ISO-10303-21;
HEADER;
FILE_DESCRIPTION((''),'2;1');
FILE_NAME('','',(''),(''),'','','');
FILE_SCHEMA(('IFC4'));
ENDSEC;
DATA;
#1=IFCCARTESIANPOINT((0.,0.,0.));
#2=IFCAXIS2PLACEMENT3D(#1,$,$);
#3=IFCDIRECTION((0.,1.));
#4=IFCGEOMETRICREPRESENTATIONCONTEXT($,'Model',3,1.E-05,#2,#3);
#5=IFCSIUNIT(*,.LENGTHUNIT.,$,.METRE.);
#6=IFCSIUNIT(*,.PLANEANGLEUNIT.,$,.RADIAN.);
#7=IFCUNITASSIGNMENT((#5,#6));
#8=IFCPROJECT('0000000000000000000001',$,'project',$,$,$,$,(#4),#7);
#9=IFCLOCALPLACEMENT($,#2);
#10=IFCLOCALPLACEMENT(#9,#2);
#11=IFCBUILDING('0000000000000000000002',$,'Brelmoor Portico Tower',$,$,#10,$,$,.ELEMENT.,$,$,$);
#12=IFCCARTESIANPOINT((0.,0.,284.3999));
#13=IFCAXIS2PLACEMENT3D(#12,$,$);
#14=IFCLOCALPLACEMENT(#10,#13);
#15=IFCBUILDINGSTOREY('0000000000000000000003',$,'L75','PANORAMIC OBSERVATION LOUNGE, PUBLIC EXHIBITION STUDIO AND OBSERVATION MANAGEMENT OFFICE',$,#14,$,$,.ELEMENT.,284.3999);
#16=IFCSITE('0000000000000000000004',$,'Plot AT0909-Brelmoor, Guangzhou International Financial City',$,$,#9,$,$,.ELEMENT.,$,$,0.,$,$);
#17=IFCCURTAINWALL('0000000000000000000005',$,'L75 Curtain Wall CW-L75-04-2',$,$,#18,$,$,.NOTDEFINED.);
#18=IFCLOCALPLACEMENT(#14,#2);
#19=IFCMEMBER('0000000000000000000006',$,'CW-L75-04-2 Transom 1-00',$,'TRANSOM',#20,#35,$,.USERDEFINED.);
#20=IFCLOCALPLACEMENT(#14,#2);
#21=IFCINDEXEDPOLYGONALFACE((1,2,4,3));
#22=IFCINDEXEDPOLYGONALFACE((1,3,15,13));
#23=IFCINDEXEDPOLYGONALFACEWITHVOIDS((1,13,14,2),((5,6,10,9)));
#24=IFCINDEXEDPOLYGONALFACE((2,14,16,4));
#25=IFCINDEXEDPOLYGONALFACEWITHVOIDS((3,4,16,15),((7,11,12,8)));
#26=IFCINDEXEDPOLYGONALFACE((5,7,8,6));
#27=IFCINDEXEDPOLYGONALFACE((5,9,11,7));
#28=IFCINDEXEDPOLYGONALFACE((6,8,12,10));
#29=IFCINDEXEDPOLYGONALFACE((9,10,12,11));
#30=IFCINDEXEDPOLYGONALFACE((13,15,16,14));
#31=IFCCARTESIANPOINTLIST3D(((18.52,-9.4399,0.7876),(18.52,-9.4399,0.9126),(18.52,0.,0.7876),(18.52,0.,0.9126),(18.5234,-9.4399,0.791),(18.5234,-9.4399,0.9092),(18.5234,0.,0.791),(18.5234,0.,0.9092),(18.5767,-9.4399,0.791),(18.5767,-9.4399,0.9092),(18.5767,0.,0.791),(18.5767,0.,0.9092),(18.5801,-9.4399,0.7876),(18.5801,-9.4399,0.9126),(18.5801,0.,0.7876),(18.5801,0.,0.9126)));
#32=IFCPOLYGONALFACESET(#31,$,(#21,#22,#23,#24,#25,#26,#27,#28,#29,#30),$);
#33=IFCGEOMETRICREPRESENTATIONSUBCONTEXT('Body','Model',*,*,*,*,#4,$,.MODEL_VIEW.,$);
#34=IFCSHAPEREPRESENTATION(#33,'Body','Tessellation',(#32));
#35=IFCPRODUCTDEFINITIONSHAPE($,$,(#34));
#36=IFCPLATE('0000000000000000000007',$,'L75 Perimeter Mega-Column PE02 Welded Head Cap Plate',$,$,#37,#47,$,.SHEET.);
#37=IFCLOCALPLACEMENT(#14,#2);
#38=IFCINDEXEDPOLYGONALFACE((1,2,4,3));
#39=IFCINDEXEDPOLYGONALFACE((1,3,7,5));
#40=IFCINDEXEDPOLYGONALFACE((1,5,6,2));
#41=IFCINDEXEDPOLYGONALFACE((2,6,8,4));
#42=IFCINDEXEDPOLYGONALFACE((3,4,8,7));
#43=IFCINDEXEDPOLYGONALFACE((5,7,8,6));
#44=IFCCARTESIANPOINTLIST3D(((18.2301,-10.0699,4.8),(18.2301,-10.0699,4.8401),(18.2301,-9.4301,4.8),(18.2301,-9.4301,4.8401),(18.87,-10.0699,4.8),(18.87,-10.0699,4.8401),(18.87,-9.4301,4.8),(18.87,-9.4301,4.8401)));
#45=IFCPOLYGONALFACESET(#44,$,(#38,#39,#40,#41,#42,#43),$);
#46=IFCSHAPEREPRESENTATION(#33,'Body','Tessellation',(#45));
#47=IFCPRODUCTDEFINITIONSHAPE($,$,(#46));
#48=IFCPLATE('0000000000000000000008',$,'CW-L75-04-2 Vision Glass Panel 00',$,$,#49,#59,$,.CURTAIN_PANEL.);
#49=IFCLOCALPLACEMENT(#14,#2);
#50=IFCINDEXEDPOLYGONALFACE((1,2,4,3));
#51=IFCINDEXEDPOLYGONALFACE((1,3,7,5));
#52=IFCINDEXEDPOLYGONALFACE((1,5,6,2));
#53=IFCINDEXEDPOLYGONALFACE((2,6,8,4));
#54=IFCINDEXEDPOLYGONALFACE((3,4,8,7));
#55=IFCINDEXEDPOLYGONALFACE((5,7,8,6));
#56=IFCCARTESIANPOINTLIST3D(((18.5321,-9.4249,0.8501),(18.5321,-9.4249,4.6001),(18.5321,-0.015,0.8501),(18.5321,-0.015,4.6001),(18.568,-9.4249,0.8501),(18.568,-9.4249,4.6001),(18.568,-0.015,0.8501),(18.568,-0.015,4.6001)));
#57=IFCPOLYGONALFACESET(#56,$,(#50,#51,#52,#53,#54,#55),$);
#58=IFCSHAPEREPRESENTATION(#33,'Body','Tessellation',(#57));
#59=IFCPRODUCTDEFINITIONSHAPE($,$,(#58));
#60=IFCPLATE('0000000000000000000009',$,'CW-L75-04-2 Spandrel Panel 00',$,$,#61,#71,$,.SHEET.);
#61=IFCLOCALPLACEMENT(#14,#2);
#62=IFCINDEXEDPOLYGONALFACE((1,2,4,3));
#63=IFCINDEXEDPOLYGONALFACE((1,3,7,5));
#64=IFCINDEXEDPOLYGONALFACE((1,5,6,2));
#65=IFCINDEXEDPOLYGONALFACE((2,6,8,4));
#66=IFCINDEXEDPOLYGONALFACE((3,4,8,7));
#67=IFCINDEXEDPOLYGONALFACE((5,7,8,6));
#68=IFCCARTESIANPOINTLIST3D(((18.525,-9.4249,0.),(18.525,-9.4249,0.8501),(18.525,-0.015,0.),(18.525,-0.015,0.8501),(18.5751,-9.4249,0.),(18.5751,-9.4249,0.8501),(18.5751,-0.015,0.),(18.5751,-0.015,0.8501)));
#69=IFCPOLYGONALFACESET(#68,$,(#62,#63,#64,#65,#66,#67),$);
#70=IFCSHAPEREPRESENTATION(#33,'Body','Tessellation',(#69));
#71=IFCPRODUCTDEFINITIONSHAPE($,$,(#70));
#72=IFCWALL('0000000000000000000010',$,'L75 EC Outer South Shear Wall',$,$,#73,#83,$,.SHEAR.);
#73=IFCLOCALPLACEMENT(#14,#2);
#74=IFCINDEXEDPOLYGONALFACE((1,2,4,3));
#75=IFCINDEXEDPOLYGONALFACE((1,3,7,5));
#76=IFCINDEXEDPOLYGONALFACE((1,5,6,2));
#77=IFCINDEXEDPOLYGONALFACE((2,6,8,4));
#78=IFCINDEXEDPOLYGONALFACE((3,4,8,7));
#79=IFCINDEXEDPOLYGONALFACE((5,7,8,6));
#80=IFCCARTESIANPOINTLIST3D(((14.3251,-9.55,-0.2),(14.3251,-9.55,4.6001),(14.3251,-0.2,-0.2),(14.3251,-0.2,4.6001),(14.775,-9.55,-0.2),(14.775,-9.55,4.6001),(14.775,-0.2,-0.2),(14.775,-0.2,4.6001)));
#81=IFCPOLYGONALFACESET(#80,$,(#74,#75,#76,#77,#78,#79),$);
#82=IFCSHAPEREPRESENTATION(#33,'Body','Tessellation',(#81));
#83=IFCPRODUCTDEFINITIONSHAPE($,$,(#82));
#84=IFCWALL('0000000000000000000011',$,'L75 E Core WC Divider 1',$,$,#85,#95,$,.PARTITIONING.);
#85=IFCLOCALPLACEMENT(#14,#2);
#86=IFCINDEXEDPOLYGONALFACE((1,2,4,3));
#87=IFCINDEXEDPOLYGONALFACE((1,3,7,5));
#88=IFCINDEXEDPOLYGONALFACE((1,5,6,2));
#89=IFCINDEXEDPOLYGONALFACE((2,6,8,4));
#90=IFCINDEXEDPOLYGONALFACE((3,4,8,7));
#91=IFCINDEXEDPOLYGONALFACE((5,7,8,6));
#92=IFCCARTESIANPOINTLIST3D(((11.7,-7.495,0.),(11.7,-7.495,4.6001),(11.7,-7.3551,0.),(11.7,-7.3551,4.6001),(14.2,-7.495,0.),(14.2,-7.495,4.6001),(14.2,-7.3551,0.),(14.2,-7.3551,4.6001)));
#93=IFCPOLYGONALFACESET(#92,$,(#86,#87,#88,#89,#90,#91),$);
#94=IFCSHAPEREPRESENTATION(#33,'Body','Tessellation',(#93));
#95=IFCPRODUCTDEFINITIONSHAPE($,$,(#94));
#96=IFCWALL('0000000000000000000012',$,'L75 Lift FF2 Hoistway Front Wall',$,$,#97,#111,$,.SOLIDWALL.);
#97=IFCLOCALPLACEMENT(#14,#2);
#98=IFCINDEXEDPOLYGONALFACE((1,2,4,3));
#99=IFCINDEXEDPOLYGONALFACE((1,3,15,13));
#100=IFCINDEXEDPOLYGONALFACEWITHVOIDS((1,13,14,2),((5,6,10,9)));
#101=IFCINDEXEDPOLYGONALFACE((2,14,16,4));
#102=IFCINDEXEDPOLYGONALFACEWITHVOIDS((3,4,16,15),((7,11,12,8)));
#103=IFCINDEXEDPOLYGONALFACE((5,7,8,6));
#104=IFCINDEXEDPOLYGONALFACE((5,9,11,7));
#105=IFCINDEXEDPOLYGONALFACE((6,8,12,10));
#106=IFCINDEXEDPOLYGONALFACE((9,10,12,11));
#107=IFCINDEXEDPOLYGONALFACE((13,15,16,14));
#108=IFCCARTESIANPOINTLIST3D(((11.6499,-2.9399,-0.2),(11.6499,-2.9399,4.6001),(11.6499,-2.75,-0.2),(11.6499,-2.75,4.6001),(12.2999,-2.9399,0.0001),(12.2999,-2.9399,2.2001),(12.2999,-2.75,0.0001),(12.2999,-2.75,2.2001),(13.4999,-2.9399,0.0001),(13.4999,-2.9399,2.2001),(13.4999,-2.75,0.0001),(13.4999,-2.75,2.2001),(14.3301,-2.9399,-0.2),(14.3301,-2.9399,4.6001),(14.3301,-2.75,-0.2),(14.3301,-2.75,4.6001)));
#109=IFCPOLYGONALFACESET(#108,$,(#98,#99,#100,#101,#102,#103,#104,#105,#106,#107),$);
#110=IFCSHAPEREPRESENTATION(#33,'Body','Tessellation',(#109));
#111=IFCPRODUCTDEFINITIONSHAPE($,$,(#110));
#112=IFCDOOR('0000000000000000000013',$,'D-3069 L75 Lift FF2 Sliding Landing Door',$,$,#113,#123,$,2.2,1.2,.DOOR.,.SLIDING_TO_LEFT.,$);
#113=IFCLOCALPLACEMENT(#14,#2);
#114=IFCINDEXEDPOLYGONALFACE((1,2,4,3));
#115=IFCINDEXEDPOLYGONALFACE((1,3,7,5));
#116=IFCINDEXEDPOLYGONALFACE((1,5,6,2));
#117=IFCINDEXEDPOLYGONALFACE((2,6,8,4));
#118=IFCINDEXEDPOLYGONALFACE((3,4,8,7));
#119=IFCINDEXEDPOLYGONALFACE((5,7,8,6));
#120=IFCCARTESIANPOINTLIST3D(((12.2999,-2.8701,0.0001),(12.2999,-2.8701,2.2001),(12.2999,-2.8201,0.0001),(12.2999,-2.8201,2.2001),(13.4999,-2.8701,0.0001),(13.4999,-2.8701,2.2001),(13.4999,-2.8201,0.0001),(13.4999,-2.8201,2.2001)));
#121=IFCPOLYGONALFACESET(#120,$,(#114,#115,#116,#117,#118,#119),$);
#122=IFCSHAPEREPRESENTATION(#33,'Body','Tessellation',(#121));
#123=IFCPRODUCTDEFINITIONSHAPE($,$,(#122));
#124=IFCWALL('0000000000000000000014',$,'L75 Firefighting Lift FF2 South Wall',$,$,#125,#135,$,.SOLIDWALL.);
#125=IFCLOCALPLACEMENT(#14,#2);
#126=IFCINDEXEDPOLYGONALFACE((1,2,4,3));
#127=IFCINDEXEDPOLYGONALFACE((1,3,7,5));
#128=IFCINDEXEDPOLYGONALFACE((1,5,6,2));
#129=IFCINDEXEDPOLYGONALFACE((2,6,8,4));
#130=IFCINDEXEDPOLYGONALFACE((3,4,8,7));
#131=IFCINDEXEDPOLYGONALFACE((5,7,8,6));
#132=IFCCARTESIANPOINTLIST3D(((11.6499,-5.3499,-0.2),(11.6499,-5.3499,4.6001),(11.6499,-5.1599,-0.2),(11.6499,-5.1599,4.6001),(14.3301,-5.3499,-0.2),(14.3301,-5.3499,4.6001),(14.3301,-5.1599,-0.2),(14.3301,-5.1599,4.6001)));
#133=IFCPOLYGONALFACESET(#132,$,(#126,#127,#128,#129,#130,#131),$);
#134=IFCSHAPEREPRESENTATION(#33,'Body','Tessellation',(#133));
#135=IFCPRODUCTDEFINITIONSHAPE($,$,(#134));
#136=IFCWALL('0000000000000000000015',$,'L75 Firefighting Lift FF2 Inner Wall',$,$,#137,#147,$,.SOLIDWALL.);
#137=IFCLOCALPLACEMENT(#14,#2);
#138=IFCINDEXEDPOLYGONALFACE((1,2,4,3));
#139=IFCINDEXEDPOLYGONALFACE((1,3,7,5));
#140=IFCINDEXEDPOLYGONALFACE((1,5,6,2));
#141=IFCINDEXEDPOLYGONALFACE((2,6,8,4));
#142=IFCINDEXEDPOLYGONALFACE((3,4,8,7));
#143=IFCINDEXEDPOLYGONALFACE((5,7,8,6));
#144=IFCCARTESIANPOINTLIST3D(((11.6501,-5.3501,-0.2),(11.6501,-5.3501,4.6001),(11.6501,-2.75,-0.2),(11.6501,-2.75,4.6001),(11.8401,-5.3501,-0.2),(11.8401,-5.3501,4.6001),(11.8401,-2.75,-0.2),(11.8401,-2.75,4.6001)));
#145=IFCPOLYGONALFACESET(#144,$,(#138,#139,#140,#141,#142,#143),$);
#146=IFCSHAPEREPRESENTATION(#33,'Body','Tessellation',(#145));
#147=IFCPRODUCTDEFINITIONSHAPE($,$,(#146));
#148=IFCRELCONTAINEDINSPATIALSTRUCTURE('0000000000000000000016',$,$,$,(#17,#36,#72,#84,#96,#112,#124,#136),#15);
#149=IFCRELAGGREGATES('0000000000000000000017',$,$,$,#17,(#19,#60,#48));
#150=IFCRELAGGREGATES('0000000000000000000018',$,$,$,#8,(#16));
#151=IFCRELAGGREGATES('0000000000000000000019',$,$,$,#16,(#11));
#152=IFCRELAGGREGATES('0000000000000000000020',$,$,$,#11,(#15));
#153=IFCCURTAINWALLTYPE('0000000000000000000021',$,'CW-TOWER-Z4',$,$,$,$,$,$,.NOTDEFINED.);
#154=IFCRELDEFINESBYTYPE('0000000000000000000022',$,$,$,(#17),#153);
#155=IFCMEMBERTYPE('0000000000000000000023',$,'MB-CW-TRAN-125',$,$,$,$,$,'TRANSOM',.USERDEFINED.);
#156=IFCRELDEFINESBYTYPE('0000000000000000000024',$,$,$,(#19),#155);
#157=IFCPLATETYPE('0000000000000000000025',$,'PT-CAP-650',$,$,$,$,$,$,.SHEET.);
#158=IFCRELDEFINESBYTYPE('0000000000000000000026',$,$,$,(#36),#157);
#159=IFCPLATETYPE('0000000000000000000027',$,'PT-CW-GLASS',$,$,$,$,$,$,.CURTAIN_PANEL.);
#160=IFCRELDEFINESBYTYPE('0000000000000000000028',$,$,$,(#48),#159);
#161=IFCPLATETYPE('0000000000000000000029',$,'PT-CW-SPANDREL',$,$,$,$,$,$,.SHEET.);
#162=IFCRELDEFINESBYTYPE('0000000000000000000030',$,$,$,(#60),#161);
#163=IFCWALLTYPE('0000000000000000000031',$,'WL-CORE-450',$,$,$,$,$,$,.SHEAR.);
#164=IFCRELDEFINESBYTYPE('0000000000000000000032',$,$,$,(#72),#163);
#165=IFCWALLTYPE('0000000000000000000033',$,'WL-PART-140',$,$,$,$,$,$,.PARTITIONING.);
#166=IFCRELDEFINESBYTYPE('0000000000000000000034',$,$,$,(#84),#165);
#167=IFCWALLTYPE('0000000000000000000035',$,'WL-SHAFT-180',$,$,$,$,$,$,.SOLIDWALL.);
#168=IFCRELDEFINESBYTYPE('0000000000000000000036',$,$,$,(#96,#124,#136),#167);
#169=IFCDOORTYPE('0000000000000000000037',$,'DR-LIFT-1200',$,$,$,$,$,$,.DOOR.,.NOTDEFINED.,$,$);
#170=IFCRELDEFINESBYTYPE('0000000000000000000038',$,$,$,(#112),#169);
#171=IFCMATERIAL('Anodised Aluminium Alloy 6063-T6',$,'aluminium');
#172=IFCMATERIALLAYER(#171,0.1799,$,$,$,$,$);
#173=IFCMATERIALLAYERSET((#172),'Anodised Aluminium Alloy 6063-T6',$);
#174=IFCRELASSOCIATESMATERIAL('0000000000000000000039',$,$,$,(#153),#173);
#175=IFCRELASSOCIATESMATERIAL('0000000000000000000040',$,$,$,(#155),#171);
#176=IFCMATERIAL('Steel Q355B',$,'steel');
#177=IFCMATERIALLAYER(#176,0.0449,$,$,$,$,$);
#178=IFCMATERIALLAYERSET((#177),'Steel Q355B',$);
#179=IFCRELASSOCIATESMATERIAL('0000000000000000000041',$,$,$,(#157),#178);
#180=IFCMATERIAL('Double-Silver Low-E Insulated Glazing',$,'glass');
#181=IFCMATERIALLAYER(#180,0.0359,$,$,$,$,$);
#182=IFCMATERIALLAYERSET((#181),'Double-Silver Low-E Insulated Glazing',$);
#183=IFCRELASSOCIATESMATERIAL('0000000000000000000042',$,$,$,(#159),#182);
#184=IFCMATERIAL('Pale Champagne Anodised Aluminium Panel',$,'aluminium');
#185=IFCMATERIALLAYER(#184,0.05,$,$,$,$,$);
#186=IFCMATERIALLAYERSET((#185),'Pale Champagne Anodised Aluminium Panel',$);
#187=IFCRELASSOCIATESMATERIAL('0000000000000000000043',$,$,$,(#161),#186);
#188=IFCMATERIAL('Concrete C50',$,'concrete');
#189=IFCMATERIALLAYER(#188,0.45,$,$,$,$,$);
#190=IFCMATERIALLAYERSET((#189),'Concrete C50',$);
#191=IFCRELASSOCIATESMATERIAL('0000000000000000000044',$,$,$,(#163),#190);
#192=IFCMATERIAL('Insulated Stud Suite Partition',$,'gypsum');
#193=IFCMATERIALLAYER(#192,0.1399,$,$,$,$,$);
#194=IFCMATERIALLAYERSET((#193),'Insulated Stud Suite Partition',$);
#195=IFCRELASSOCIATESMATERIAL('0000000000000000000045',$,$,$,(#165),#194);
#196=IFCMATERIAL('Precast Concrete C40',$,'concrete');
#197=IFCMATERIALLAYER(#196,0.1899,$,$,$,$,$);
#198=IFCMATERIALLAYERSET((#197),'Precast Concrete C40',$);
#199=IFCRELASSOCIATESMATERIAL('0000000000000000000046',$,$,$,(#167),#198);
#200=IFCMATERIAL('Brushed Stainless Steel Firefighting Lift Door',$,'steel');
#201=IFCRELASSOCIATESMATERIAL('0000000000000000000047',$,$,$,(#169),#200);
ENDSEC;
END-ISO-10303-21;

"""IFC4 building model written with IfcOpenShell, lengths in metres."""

from ifc_helpers import new_model, si_unit, direction, frame, frame_2d, origin, origin_2d, place, context, subcontext, project, spatial, rectangle, hollow_rectangle, extrude, material, layer, layer_set, material_profile, profile_set, type_object, element, fill, aggregate, save


model = new_model("IFC4")

# Units and contexts
model_context = context("Model", 3, precision=1e-05, world=origin(), true_north=direction((0.0, 1.0)))
body_context = subcontext(model_context, "Body", "Model", "MODEL_VIEW")
ifc_project = project(units=[si_unit("LENGTHUNIT", "METRE"), si_unit("PLANEANGLEUNIT", "RADIAN")], contexts=[model_context])

# Site, building, storey
site_placement = place(None, origin())
site = spatial("IfcSite", under=ifc_project, at=site_placement, Name="Plot AT0909-Brelmoor, Guangzhou International Financial City", CompositionType="ELEMENT", RefElevation=0.0)
building_placement = place(site_placement, origin())
building = spatial("IfcBuilding", under=site, at=building_placement, Name="Brelmoor Portico Tower", CompositionType="ELEMENT")
storey_placement = place(building_placement, frame((0.0, 0.0, 284.3999)))
storey = spatial("IfcBuildingStorey", under=building, at=storey_placement, Name="L75", Description="PANORAMIC OBSERVATION LOUNGE, PUBLIC EXHIBITION STUDIO AND OBSERVATION MANAGEMENT OFFICE", CompositionType="ELEMENT", Elevation=284.3999)

# Shared definitions
ifc_material_1 = material(Name="Steel Q355B", Category="steel")

# Shared definitions
ifc_material_2 = material(Name="Anodised Aluminium Alloy 6063-T6", Category="aluminium")
ifc_layer_1 = layer(ifc_material_2, 0.1799)
ifc_layer_set_1 = layer_set([ifc_layer_1], Name="Anodised Aluminium Alloy 6063-T6")
curtain_wall_type = type_object("IfcCurtainWallType", Name="CW-TOWER-Z4", PredefinedType="NOTDEFINED", material=ifc_layer_set_1)

# Curtain wall, member
curtain_wall_1_placement = place(storey_placement, origin())
curtain_wall_1 = element("IfcCurtainWall", 1, at=curtain_wall_1_placement, inside=storey, type_object=curtain_wall_type, Name="L75 Curtain Wall CW-L75-04-2", PredefinedType="NOTDEFINED")
ifc_material_profile_1 = material_profile(ifc_material_2, hollow_rectangle(XDim=0.0601, YDim=0.125, WallThickness=0.0034, at=origin_2d()), Name="ALU TRANSOM 60x125")
ifc_profile_set_1 = profile_set([ifc_material_profile_1], Name="Anodised Aluminium Alloy 6063-T6")
member_type_1 = type_object("IfcMemberType", Name="MB-CW-TRAN-125", ElementType="TRANSOM", PredefinedType="USERDEFINED", material=ifc_profile_set_1)
member_1_placement = place(storey_placement, frame((18.55, -9.4399, 0.8501), z_axis=(0.0, 1.0, 0.0), x_axis=(-1.0, 0.0, 0.0)))
member_1 = element("IfcMember", 2, at=member_1_placement, type_object=member_type_1, Name="CW-L75-04-2 Transom 1-00", ObjectType="TRANSOM", PredefinedType="USERDEFINED", context=body_context, shape_type="SweptSolid", body=[
    extrude(hollow_rectangle(XDim=0.0601, YDim=0.125, WallThickness=0.0034, at=origin_2d()), origin(), (0.0, 0.0, 1.0), 9.4399),
])

# Plates
ifc_layer_2 = layer(ifc_material_1, 0.0449)
ifc_layer_set_2 = layer_set([ifc_layer_2], Name="Steel Q355B")
plate_type_1 = type_object("IfcPlateType", Name="PT-CAP-650", PredefinedType="SHEET", material=ifc_layer_set_2)
plate_1_placement = place(storey_placement, frame((18.55, -9.75, 4.8), z_axis=(0.0, 0.0, 1.0), x_axis=(0.0, 1.0, 0.0)))
element("IfcPlate", 3, at=plate_1_placement, inside=storey, type_object=plate_type_1, Name="L75 Perimeter Mega-Column PE02 Welded Head Cap Plate", PredefinedType="SHEET", context=body_context, shape_type="SweptSolid", body=[
    extrude(rectangle(XDim=0.6399, YDim=0.6399, at=origin_2d()), origin(), (0.0, 0.0, 1.0), 0.04),
])
ifc_material_3 = material(Name="Double-Silver Low-E Insulated Glazing", Category="glass")
ifc_layer_3 = layer(ifc_material_3, 0.0359)
ifc_layer_set_3 = layer_set([ifc_layer_3], Name="Double-Silver Low-E Insulated Glazing")
plate_type_2 = type_object("IfcPlateType", Name="PT-CW-GLASS", PredefinedType="CURTAIN_PANEL", material=ifc_layer_set_3)
plate_2_placement = place(storey_placement, frame((18.55, -4.72, 0.8501), z_axis=(0.0, 0.0, 1.0), x_axis=(0.0, 1.0, 0.0)))
plate_2 = element("IfcPlate", 4, at=plate_2_placement, type_object=plate_type_2, Name="CW-L75-04-2 Vision Glass Panel 00", PredefinedType="CURTAIN_PANEL", context=body_context, shape_type="SweptSolid", body=[
    extrude(rectangle(XDim=9.4099, YDim=0.0359, at=origin_2d()), origin(), (0.0, 0.0, 1.0), 3.75),
])
ifc_material_4 = material(Name="Pale Champagne Anodised Aluminium Panel", Category="aluminium")
ifc_layer_4 = layer(ifc_material_4, 0.05)
ifc_layer_set_4 = layer_set([ifc_layer_4], Name="Pale Champagne Anodised Aluminium Panel")
plate_type_3 = type_object("IfcPlateType", Name="PT-CW-SPANDREL", PredefinedType="SHEET", material=ifc_layer_set_4)
plate_3_placement = place(storey_placement, frame((18.55, -4.72, 0.0), z_axis=(0.0, 0.0, 1.0), x_axis=(0.0, 1.0, 0.0)))
plate_3 = element("IfcPlate", 5, at=plate_3_placement, type_object=plate_type_3, Name="CW-L75-04-2 Spandrel Panel 00", PredefinedType="SHEET", context=body_context, shape_type="SweptSolid", body=[
    extrude(rectangle(XDim=9.4099, YDim=0.05, at=origin_2d()), origin(), (0.0, 0.0, 1.0), 0.8501),
])
aggregate(curtain_wall_1, [member_1, plate_3, plate_2])

# Walls
ifc_material_5 = material(Name="Concrete C50", Category="concrete")
ifc_layer_5 = layer(ifc_material_5, 0.45)
ifc_layer_set_5 = layer_set([ifc_layer_5], Name="Concrete C50")
wall_type_1 = type_object("IfcWallType", Name="WL-CORE-450", PredefinedType="SHEAR", material=ifc_layer_set_5)
wall_1_placement = place(storey_placement, frame((14.55, -9.55, -0.2), z_axis=(0.0, 0.0, 1.0), x_axis=(0.0, 1.0, 0.0)))
element("IfcWall", 6, at=wall_1_placement, inside=storey, type_object=wall_type_1, Name="L75 EC Outer South Shear Wall", PredefinedType="SHEAR", context=body_context, shape_type="SweptSolid", body=[
    extrude(rectangle(XDim=9.3501, YDim=0.45, at=frame_2d((4.675, 0.0))), origin(), (0.0, 0.0, 1.0), 4.8),
])
ifc_material_6 = material(Name="Insulated Stud Suite Partition", Category="gypsum")
ifc_layer_6 = layer(ifc_material_6, 0.1399)
ifc_layer_set_6 = layer_set([ifc_layer_6], Name="Insulated Stud Suite Partition")
wall_type_2 = type_object("IfcWallType", Name="WL-PART-140", PredefinedType="PARTITIONING", material=ifc_layer_set_6)
wall_2_placement = place(storey_placement, frame((11.7, -7.425, 0.0), z_axis=(0.0, 0.0, 1.0), x_axis=(1.0, 0.0, 0.0)))
element("IfcWall", 7, at=wall_2_placement, inside=storey, type_object=wall_type_2, Name="L75 E Core WC Divider 1", PredefinedType="PARTITIONING", context=body_context, shape_type="SweptSolid", body=[
    extrude(rectangle(XDim=2.5, YDim=0.1399, at=frame_2d((1.25, 0.0))), origin(), (0.0, 0.0, 1.0), 4.6001),
])

# Wall, opening, door
ifc_material_7 = material(Name="Precast Concrete C40", Category="concrete")
ifc_layer_7 = layer(ifc_material_7, 0.1899)
ifc_layer_set_7 = layer_set([ifc_layer_7], Name="Precast Concrete C40")
wall_type_3 = type_object("IfcWallType", Name="WL-SHAFT-180", PredefinedType="SOLIDWALL", material=ifc_layer_set_7)
wall_3_placement = place(storey_placement, frame((11.6499, -2.845, -0.2), z_axis=(0.0, 0.0, 1.0), x_axis=(1.0, 0.0, 0.0)))
wall_3 = element("IfcWall", 8, at=wall_3_placement, inside=storey, type_object=wall_type_3, Name="L75 Lift FF2 Hoistway Front Wall", PredefinedType="SOLIDWALL", context=body_context, shape_type="SweptSolid", body=[
    extrude(rectangle(XDim=2.6802, YDim=0.1899, at=frame_2d((1.3401, 0.0))), origin(), (0.0, 0.0, 1.0), 4.8),
])
opening_1_placement = place(wall_3_placement, frame((0.6499, 0.0, 0.2)))
opening_1 = element("IfcOpeningElement", 9, at=opening_1_placement, cuts=wall_3, PredefinedType="OPENING", context=body_context, shape_type="SweptSolid", body=[
    extrude(rectangle(XDim=1.2, YDim=2.2, at=frame_2d((0.6001, 1.1001))), frame((0.0, 0.105, 0.0), z_axis=(0.0, -1.0, 0.0), x_axis=(1.0, 0.0, 0.0)), (0.0, 0.0, 1.0), 0.21),
])
ifc_material_8 = material(Name="Brushed Stainless Steel Firefighting Lift Door", Category="steel")
door_type_1 = type_object("IfcDoorType", Name="DR-LIFT-1200", OperationType="NOTDEFINED", PredefinedType="DOOR", material=ifc_material_8)
door_1_placement = place(opening_1_placement, origin())
door_1 = element("IfcDoor", 10, at=door_1_placement, inside=storey, type_object=door_type_1, Name="D-3069 L75 Lift FF2 Sliding Landing Door", OperationType="SLIDING_TO_LEFT", OverallHeight=2.2, OverallWidth=1.2, PredefinedType="DOOR", context=body_context, shape_type="SweptSolid", body=[
    extrude(rectangle(XDim=1.2, YDim=2.2, at=frame_2d((0.6001, 1.1001))), frame((0.0, 0.0249, 0.0), z_axis=(0.0, -1.0, 0.0), x_axis=(1.0, 0.0, 0.0)), (0.0, 0.0, 1.0), 0.05),
])
fill(opening_1, door_1)

# Walls
wall_4_placement = place(storey_placement, frame((11.6499, -5.2549, -0.2), z_axis=(0.0, 0.0, 1.0), x_axis=(1.0, 0.0, 0.0)))
element("IfcWall", 11, at=wall_4_placement, inside=storey, type_object=wall_type_3, Name="L75 Firefighting Lift FF2 South Wall", PredefinedType="SOLIDWALL", context=body_context, shape_type="SweptSolid", body=[
    extrude(rectangle(XDim=2.6802, YDim=0.1899, at=frame_2d((1.3401, 0.0))), origin(), (0.0, 0.0, 1.0), 4.8),
])
wall_5_placement = place(storey_placement, frame((11.7451, -5.3501, -0.2), z_axis=(0.0, 0.0, 1.0), x_axis=(0.0, 1.0, 0.0)))
element("IfcWall", 12, at=wall_5_placement, inside=storey, type_object=wall_type_3, Name="L75 Firefighting Lift FF2 Inner Wall", PredefinedType="SOLIDWALL", context=body_context, shape_type="SweptSolid", body=[
    extrude(rectangle(XDim=2.6001, YDim=0.1899, at=frame_2d((1.3, 0.0))), origin(), (0.0, 0.0, 1.0), 4.8),
])

save(model, "model.ifc")
